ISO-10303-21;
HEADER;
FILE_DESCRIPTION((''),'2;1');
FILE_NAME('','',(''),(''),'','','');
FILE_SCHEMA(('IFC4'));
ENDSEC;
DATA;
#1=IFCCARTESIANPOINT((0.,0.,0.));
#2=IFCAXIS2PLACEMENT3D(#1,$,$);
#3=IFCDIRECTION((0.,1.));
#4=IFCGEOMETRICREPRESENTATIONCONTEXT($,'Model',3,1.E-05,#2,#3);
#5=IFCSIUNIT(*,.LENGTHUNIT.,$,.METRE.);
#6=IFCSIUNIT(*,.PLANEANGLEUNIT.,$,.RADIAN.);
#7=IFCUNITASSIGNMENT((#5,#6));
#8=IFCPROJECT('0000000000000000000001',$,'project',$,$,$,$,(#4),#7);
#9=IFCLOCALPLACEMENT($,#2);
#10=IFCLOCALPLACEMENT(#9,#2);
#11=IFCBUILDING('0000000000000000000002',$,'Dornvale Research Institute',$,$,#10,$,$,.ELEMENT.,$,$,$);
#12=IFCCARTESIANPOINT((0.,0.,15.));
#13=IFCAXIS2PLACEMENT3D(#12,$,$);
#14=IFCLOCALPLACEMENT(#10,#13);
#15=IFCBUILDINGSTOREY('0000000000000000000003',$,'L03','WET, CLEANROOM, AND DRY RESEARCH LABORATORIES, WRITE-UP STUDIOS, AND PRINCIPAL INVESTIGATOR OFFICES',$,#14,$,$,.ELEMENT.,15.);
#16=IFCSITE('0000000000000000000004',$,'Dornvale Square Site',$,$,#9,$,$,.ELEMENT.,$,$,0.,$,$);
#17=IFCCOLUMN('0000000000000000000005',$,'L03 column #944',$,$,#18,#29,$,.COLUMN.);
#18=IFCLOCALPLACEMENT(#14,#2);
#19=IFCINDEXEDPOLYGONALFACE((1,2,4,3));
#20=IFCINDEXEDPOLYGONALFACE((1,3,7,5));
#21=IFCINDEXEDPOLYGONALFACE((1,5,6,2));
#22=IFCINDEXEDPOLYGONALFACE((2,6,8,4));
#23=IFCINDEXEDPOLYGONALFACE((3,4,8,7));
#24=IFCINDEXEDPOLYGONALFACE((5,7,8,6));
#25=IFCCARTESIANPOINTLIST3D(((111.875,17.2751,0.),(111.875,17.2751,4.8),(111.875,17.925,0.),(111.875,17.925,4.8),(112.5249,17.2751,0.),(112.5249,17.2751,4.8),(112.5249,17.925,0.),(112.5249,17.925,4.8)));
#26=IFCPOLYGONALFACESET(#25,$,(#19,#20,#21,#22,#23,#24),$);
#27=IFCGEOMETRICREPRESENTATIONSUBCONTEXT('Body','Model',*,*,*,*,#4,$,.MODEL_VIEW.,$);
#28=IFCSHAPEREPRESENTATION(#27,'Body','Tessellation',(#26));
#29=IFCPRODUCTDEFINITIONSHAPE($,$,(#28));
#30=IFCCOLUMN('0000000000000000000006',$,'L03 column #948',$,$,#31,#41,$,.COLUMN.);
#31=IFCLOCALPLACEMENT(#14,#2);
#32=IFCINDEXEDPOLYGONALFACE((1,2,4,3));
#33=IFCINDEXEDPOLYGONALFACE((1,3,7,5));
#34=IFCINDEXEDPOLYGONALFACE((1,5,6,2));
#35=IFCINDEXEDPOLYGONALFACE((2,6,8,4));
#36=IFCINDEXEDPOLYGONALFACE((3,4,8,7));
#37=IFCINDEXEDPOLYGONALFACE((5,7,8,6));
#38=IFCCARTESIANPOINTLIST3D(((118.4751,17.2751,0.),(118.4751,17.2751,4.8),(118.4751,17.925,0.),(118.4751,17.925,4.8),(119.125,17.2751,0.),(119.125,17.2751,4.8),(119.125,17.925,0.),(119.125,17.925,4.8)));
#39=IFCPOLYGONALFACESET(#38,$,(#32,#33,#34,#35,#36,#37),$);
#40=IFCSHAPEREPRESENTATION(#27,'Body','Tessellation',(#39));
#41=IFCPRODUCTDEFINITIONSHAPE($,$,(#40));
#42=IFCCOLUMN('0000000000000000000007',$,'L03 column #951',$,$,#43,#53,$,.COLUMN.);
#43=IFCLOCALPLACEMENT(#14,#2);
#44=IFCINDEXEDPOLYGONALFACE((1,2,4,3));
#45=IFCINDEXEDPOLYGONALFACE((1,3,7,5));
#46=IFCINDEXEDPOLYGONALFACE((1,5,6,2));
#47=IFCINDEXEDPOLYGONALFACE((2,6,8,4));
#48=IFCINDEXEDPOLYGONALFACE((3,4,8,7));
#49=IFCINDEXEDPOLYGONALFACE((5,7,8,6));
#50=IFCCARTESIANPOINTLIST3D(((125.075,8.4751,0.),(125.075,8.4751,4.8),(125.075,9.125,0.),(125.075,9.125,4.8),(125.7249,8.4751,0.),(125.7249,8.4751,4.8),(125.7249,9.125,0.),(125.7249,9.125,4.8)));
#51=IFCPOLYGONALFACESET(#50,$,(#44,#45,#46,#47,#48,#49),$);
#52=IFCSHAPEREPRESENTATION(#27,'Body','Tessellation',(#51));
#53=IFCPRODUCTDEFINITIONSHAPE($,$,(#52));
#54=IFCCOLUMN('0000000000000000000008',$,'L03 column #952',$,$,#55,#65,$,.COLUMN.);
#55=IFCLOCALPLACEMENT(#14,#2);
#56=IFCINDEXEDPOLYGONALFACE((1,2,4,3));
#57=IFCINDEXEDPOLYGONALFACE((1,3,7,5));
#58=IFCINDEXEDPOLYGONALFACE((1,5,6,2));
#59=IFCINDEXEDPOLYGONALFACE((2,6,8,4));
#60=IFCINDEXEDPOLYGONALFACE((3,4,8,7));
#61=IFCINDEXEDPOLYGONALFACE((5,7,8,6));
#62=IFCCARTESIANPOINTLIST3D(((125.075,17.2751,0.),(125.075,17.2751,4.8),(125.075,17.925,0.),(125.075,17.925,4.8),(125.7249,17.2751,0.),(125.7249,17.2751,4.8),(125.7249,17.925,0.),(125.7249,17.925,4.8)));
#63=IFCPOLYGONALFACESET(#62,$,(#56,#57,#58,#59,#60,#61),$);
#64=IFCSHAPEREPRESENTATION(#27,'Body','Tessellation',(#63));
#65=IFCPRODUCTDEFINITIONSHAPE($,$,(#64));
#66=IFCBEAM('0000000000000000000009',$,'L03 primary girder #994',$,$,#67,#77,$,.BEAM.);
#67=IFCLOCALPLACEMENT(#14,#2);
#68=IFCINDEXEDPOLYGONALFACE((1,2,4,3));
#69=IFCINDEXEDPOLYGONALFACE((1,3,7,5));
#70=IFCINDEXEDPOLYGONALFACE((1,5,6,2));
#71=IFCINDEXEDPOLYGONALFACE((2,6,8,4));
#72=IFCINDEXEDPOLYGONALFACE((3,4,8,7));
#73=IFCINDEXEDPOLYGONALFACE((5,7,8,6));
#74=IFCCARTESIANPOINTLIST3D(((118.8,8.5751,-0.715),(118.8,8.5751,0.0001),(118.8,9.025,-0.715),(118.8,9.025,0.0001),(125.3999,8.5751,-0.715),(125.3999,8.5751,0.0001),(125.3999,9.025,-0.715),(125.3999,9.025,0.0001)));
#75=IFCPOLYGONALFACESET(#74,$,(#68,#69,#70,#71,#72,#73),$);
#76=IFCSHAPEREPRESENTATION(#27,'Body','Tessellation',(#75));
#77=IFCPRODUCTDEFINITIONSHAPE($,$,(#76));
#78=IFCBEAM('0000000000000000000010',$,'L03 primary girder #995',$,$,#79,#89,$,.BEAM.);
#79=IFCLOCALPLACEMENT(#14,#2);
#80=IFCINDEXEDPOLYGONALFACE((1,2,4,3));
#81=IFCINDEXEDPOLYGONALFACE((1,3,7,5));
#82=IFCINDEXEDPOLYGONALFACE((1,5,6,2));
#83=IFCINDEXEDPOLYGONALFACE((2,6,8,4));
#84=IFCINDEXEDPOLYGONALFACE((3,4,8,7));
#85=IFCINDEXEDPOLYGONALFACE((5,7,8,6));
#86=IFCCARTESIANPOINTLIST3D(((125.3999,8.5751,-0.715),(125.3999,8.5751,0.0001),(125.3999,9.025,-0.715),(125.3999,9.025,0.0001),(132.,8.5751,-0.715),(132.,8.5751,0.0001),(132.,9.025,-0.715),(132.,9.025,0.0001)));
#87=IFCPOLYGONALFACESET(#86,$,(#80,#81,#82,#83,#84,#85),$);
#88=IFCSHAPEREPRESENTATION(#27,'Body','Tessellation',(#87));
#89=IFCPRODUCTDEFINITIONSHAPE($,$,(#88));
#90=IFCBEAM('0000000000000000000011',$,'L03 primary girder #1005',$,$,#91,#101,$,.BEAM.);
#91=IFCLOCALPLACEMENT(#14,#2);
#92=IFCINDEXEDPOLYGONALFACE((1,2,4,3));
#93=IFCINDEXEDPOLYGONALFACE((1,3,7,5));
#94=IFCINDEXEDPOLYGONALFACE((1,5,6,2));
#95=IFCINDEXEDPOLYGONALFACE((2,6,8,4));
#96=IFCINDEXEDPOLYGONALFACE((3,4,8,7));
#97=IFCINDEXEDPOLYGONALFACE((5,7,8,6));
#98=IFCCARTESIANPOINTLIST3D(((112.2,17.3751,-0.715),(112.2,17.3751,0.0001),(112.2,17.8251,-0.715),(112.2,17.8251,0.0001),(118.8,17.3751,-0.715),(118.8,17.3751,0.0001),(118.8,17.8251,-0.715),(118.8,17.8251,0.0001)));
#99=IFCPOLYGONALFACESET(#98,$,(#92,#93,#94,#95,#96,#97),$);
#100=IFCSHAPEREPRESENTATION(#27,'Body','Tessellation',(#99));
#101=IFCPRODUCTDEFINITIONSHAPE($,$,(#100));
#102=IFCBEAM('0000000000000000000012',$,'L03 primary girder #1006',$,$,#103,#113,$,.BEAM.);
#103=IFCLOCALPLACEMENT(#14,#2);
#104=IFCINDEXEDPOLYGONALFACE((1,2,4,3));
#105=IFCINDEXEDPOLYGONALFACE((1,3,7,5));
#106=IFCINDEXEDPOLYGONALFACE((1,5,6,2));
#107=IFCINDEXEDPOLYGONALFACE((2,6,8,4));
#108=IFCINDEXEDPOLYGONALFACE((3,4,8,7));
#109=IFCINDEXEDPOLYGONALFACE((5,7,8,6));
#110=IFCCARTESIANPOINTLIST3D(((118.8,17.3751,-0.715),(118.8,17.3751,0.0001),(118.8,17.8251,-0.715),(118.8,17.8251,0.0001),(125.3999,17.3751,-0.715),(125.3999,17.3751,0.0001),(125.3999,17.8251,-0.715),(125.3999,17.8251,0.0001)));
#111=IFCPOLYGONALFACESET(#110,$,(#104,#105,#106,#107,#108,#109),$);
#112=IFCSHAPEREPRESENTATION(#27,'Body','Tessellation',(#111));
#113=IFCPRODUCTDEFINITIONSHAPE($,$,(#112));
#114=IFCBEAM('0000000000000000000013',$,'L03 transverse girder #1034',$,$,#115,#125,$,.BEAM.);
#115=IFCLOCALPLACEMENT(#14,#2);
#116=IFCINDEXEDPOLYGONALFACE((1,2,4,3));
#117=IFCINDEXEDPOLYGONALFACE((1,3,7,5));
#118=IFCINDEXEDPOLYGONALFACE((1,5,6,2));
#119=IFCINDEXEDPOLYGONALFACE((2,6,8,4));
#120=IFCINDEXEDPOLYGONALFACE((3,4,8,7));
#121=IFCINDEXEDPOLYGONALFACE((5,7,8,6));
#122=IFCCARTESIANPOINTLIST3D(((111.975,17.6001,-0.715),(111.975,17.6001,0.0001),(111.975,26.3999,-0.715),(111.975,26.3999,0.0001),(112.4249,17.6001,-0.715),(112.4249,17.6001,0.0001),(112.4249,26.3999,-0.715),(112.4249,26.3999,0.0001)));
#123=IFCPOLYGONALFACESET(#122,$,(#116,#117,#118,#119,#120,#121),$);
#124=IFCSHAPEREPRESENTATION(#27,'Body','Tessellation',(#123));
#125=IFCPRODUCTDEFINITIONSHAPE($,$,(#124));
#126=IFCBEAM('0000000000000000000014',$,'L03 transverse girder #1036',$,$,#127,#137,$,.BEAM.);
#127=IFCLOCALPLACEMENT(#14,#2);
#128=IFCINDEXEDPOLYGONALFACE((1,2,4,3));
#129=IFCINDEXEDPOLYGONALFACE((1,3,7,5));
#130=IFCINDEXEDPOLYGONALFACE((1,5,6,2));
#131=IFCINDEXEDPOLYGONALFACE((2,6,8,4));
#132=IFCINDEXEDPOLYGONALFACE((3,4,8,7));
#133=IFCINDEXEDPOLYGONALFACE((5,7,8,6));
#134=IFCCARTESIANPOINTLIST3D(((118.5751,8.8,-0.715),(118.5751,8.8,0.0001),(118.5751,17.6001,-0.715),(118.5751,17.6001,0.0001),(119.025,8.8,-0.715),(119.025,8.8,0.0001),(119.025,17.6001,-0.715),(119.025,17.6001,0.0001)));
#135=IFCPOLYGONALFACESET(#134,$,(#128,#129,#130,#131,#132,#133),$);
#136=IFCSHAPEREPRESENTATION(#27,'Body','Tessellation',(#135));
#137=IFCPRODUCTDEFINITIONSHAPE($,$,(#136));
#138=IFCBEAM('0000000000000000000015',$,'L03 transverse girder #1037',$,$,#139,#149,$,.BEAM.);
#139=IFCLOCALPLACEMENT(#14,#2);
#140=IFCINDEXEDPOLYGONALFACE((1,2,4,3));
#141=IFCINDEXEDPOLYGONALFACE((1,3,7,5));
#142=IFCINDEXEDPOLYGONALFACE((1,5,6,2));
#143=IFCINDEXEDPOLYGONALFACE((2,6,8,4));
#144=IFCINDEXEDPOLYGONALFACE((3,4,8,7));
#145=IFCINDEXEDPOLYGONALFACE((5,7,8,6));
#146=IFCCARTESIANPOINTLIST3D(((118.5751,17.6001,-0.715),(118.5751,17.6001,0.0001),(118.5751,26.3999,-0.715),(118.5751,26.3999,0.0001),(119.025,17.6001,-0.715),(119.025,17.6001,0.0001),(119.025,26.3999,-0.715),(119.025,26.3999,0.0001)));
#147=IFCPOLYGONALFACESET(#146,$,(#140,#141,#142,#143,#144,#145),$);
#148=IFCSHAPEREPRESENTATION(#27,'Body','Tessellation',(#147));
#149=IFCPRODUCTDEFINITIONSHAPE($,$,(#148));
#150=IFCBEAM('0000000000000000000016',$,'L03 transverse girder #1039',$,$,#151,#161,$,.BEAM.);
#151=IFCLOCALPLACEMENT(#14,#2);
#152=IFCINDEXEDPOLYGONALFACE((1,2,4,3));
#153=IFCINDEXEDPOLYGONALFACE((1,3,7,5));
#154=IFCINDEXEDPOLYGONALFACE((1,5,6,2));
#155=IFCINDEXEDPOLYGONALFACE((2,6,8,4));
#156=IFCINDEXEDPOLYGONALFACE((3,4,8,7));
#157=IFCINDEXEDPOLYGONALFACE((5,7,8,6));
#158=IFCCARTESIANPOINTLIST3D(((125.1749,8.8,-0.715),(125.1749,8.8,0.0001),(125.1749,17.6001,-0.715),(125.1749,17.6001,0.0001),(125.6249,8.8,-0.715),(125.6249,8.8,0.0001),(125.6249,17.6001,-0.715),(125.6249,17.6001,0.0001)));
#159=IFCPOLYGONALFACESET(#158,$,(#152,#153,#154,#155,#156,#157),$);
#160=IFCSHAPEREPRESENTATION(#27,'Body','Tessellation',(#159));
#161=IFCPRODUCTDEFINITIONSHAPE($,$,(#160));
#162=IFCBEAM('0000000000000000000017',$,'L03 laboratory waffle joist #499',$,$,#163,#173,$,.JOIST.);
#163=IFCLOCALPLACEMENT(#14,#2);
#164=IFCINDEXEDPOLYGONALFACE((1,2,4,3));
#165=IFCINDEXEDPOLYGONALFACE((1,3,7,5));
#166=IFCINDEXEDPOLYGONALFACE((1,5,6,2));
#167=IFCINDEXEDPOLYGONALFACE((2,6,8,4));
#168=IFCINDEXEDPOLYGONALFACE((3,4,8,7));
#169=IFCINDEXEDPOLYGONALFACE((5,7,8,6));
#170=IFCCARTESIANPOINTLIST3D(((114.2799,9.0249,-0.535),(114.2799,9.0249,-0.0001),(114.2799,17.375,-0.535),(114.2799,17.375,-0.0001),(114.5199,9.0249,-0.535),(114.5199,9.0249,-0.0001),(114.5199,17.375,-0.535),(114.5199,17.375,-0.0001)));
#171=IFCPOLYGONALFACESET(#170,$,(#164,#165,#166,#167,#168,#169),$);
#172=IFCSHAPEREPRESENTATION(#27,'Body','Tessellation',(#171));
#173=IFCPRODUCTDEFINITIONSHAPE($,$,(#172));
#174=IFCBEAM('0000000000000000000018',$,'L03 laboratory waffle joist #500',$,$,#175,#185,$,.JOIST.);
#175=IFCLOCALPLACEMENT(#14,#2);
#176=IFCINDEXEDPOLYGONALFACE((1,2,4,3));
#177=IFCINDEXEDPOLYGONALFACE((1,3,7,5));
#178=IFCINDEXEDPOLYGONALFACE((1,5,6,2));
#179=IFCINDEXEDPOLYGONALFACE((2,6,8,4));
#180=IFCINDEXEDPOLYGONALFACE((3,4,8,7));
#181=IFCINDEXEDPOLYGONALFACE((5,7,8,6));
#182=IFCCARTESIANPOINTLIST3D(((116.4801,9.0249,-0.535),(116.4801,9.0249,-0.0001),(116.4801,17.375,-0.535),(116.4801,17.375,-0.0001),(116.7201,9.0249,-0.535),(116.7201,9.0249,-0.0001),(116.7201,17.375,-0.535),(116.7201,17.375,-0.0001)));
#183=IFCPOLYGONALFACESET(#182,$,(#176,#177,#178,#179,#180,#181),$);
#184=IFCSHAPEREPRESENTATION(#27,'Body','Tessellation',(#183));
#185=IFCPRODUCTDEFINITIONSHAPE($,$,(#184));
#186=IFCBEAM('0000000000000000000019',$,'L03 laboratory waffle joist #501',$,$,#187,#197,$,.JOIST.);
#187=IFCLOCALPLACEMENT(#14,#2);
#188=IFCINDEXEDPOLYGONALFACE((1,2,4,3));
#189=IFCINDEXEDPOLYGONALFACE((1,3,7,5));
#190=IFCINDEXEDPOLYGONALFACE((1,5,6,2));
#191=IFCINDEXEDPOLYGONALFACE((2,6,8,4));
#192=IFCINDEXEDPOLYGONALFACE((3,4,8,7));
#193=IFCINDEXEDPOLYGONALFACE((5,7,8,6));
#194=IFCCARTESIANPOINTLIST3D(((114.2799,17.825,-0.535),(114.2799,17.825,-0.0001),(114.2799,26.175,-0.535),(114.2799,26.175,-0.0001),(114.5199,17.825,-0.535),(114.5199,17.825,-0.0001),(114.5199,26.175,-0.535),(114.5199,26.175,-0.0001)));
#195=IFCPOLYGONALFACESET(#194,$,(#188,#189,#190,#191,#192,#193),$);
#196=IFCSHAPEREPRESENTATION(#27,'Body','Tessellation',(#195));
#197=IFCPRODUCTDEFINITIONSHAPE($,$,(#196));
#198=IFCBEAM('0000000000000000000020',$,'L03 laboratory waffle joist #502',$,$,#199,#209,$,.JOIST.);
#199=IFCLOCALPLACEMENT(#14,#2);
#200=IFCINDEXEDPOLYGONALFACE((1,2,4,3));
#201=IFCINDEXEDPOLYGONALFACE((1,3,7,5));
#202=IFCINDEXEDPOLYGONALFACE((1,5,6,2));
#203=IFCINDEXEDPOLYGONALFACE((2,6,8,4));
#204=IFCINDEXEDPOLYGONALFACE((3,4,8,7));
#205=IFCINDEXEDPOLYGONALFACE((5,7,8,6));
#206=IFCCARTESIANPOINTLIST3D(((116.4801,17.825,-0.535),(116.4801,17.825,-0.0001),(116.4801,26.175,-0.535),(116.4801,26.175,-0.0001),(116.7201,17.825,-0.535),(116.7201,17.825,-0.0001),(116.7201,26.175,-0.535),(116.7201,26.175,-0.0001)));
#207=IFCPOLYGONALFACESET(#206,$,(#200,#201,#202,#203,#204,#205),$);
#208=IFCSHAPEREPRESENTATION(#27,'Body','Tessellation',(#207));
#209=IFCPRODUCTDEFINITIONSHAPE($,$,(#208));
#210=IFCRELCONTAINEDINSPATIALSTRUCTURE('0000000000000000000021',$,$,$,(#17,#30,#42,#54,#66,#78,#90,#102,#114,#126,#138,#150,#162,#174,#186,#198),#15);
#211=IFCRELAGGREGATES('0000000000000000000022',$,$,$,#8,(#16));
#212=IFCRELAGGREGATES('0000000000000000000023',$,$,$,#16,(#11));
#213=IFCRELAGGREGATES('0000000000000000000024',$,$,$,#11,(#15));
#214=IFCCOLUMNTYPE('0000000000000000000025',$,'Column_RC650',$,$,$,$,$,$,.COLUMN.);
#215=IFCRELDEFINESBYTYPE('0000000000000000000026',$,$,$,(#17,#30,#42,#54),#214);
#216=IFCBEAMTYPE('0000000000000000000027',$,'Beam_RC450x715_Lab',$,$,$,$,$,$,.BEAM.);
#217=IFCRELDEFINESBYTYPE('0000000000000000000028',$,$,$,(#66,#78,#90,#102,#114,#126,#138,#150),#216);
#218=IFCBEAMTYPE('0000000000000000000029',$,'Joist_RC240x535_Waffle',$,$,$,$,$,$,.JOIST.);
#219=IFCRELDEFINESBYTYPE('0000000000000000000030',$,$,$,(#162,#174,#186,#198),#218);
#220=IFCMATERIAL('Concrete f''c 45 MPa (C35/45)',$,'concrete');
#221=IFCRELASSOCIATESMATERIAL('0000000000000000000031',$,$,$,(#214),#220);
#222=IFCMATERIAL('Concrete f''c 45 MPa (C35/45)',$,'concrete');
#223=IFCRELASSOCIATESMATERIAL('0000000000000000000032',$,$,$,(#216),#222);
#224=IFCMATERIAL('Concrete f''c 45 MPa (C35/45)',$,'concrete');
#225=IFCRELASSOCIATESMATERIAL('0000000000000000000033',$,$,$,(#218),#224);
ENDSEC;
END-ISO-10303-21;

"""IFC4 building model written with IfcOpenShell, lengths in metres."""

from ifc_helpers import new_model, si_unit, direction, frame, origin, origin_2d, place, context, subcontext, project, spatial, rectangle, extrude, material, material_profile, profile_set, type_object, element, save


model = new_model("IFC4")

# Units and contexts
model_context = context("Model", 3, precision=1e-05, world=origin(), true_north=direction((0.0, 1.0)))
body_context = subcontext(model_context, "Body", "Model", "MODEL_VIEW")
ifc_project = project(units=[si_unit("LENGTHUNIT", "METRE"), si_unit("PLANEANGLEUNIT", "RADIAN")], contexts=[model_context])

# Site, building, storey
site_placement = place(None, origin())
site = spatial("IfcSite", under=ifc_project, at=site_placement, Name="Dornvale Square Site", CompositionType="ELEMENT", RefElevation=0.0)
building_placement = place(site_placement, origin())
building = spatial("IfcBuilding", under=site, at=building_placement, Name="Dornvale Research Institute", CompositionType="ELEMENT")
storey_placement = place(building_placement, frame((0.0, 0.0, 15.0)))
storey = spatial("IfcBuildingStorey", under=building, at=storey_placement, Name="L03", Description="WET, CLEANROOM, AND DRY RESEARCH LABORATORIES, WRITE-UP STUDIOS, AND PRINCIPAL INVESTIGATOR OFFICES", CompositionType="ELEMENT", Elevation=15.0)

# Columns
ifc_material_1 = material(Name="Concrete f'c 45 MPa (C35/45)", Category="concrete")
ifc_material_profile_1 = material_profile(ifc_material_1, rectangle(XDim=0.6499, YDim=0.6499, at=origin_2d()), Name="RC 650x650")
ifc_profile_set_1 = profile_set([ifc_material_profile_1], Name="Concrete f'c 45 MPa (C35/45)")
column_type = type_object("IfcColumnType", Name="Column_RC650", PredefinedType="COLUMN", material=ifc_profile_set_1)
for number, where, z_axis, x_axis, name in (
    (1, (112.2, 17.6001, 0.0), (0.0, 0.0, 1.0), (1.0, 0.0, 0.0), "L03 column #944"),
    (2, (118.8, 17.6001, 0.0), (0.0, 0.0, 1.0), (1.0, 0.0, 0.0), "L03 column #948"),
    (3, (125.3999, 8.8, 0.0), (0.0, 0.0, 1.0), (1.0, 0.0, 0.0), "L03 column #951"),
    (4, (125.3999, 17.6001, 0.0), (0.0, 0.0, 1.0), (1.0, 0.0, 0.0), "L03 column #952"),
):
    element("IfcColumn", number, at=place(storey_placement, frame(where, z_axis=z_axis, x_axis=x_axis)), inside=storey, type_object=column_type, Name=name, PredefinedType="COLUMN", context=body_context, shape_type="SweptSolid", body=[
        extrude(rectangle(XDim=0.6499, YDim=0.6499, at=origin_2d()), origin(), (0.0, 0.0, 1.0), 4.8),
    ])

# Beams
ifc_material_2 = material(Name="Concrete f'c 45 MPa (C35/45)", Category="concrete")
ifc_material_profile_2 = material_profile(ifc_material_2, rectangle(XDim=0.45, YDim=0.7151, at=origin_2d()), Name="RC 450x715")
ifc_profile_set_2 = profile_set([ifc_material_profile_2], Name="Concrete f'c 45 MPa (C35/45)")
beam_type_1 = type_object("IfcBeamType", Name="Beam_RC450x715_Lab", PredefinedType="BEAM", material=ifc_profile_set_2)
beam_1_placement = place(storey_placement, frame((118.8, 8.8, -0.3574), z_axis=(1.0, 0.0, 0.0), x_axis=(0.0, 1.0, 0.0)))
element("IfcBeam", 5, at=beam_1_placement, inside=storey, type_object=beam_type_1, Name="L03 primary girder #994", PredefinedType="BEAM", context=body_context, shape_type="SweptSolid", body=[
    extrude(rectangle(XDim=0.45, YDim=0.7151, at=origin_2d()), origin(), (0.0, 0.0, 1.0), 6.5999),
])
for number, where, z_axis, x_axis, name in (
    (6, (125.3999, 8.8, -0.3574), (1.0, 0.0, 0.0), (0.0, 1.0, 0.0), "L03 primary girder #995"),
    (7, (112.2, 17.6001, -0.3574), (1.0, 0.0, 0.0), (0.0, 1.0, 0.0), "L03 primary girder #1005"),
):
    element("IfcBeam", number, at=place(storey_placement, frame(where, z_axis=z_axis, x_axis=x_axis)), inside=storey, type_object=beam_type_1, Name=name, PredefinedType="BEAM", context=body_context, shape_type="SweptSolid", body=[
        extrude(rectangle(XDim=0.45, YDim=0.7151, at=origin_2d()), origin(), (0.0, 0.0, 1.0), 6.6001),
    ])
beam_2_placement = place(storey_placement, frame((118.8, 17.6001, -0.3574), z_axis=(1.0, 0.0, 0.0), x_axis=(0.0, 1.0, 0.0)))
element("IfcBeam", 8, at=beam_2_placement, inside=storey, type_object=beam_type_1, Name="L03 primary girder #1006", PredefinedType="BEAM", context=body_context, shape_type="SweptSolid", body=[
    extrude(rectangle(XDim=0.45, YDim=0.7151, at=origin_2d()), origin(), (0.0, 0.0, 1.0), 6.5999),
])
beam_3_placement = place(storey_placement, frame((112.2, 17.6001, -0.3574), z_axis=(0.0, 1.0, 0.0), x_axis=(-1.0, 0.0, 0.0)))
element("IfcBeam", 9, at=beam_3_placement, inside=storey, type_object=beam_type_1, Name="L03 transverse girder #1034", PredefinedType="BEAM", context=body_context, shape_type="SweptSolid", body=[
    extrude(rectangle(XDim=0.45, YDim=0.7151, at=origin_2d()), origin(), (0.0, 0.0, 1.0), 8.7998),
])
beam_4_placement = place(storey_placement, frame((118.8, 8.8, -0.3574), z_axis=(0.0, 1.0, 0.0), x_axis=(-1.0, 0.0, 0.0)))
element("IfcBeam", 10, at=beam_4_placement, inside=storey, type_object=beam_type_1, Name="L03 transverse girder #1036", PredefinedType="BEAM", context=body_context, shape_type="SweptSolid", body=[
    extrude(rectangle(XDim=0.45, YDim=0.7151, at=origin_2d()), origin(), (0.0, 0.0, 1.0), 8.8),
])
beam_5_placement = place(storey_placement, frame((118.8, 17.6001, -0.3574), z_axis=(0.0, 1.0, 0.0), x_axis=(-1.0, 0.0, 0.0)))
element("IfcBeam", 11, at=beam_5_placement, inside=storey, type_object=beam_type_1, Name="L03 transverse girder #1037", PredefinedType="BEAM", context=body_context, shape_type="SweptSolid", body=[
    extrude(rectangle(XDim=0.45, YDim=0.7151, at=origin_2d()), origin(), (0.0, 0.0, 1.0), 8.7998),
])
beam_6_placement = place(storey_placement, frame((125.3999, 8.8, -0.3574), z_axis=(0.0, 1.0, 0.0), x_axis=(-1.0, 0.0, 0.0)))
element("IfcBeam", 12, at=beam_6_placement, inside=storey, type_object=beam_type_1, Name="L03 transverse girder #1039", PredefinedType="BEAM", context=body_context, shape_type="SweptSolid", body=[
    extrude(rectangle(XDim=0.45, YDim=0.7151, at=origin_2d()), origin(), (0.0, 0.0, 1.0), 8.8),
])
ifc_material_3 = material(Name="Concrete f'c 45 MPa (C35/45)", Category="concrete")
ifc_material_profile_3 = material_profile(ifc_material_3, rectangle(XDim=0.24, YDim=0.5349, at=origin_2d()), Name="RC 240x535")
ifc_profile_set_3 = profile_set([ifc_material_profile_3], Name="Concrete f'c 45 MPa (C35/45)")
beam_type_2 = type_object("IfcBeamType", Name="Joist_RC240x535_Waffle", PredefinedType="JOIST", material=ifc_profile_set_3)
for number, where, z_axis, x_axis, name in (
    (13, (114.3999, 9.0249, -0.2676), (0.0, 1.0, 0.0), (-1.0, 0.0, 0.0), "L03 laboratory waffle joist #499"),
    (14, (116.6001, 9.0249, -0.2676), (0.0, 1.0, 0.0), (-1.0, 0.0, 0.0), "L03 laboratory waffle joist #500"),
    (15, (114.3999, 17.825, -0.2676), (0.0, 1.0, 0.0), (-1.0, 0.0, 0.0), "L03 laboratory waffle joist #501"),
    (16, (116.6001, 17.825, -0.2676), (0.0, 1.0, 0.0), (-1.0, 0.0, 0.0), "L03 laboratory waffle joist #502"),
):
    element("IfcBeam", number, at=place(storey_placement, frame(where, z_axis=z_axis, x_axis=x_axis)), inside=storey, type_object=beam_type_2, Name=name, PredefinedType="JOIST", context=body_context, shape_type="SweptSolid", body=[
        extrude(rectangle(XDim=0.24, YDim=0.5349, at=origin_2d()), origin(), (0.0, 0.0, 1.0), 8.3501),
    ])

save(model, "model.ifc")
